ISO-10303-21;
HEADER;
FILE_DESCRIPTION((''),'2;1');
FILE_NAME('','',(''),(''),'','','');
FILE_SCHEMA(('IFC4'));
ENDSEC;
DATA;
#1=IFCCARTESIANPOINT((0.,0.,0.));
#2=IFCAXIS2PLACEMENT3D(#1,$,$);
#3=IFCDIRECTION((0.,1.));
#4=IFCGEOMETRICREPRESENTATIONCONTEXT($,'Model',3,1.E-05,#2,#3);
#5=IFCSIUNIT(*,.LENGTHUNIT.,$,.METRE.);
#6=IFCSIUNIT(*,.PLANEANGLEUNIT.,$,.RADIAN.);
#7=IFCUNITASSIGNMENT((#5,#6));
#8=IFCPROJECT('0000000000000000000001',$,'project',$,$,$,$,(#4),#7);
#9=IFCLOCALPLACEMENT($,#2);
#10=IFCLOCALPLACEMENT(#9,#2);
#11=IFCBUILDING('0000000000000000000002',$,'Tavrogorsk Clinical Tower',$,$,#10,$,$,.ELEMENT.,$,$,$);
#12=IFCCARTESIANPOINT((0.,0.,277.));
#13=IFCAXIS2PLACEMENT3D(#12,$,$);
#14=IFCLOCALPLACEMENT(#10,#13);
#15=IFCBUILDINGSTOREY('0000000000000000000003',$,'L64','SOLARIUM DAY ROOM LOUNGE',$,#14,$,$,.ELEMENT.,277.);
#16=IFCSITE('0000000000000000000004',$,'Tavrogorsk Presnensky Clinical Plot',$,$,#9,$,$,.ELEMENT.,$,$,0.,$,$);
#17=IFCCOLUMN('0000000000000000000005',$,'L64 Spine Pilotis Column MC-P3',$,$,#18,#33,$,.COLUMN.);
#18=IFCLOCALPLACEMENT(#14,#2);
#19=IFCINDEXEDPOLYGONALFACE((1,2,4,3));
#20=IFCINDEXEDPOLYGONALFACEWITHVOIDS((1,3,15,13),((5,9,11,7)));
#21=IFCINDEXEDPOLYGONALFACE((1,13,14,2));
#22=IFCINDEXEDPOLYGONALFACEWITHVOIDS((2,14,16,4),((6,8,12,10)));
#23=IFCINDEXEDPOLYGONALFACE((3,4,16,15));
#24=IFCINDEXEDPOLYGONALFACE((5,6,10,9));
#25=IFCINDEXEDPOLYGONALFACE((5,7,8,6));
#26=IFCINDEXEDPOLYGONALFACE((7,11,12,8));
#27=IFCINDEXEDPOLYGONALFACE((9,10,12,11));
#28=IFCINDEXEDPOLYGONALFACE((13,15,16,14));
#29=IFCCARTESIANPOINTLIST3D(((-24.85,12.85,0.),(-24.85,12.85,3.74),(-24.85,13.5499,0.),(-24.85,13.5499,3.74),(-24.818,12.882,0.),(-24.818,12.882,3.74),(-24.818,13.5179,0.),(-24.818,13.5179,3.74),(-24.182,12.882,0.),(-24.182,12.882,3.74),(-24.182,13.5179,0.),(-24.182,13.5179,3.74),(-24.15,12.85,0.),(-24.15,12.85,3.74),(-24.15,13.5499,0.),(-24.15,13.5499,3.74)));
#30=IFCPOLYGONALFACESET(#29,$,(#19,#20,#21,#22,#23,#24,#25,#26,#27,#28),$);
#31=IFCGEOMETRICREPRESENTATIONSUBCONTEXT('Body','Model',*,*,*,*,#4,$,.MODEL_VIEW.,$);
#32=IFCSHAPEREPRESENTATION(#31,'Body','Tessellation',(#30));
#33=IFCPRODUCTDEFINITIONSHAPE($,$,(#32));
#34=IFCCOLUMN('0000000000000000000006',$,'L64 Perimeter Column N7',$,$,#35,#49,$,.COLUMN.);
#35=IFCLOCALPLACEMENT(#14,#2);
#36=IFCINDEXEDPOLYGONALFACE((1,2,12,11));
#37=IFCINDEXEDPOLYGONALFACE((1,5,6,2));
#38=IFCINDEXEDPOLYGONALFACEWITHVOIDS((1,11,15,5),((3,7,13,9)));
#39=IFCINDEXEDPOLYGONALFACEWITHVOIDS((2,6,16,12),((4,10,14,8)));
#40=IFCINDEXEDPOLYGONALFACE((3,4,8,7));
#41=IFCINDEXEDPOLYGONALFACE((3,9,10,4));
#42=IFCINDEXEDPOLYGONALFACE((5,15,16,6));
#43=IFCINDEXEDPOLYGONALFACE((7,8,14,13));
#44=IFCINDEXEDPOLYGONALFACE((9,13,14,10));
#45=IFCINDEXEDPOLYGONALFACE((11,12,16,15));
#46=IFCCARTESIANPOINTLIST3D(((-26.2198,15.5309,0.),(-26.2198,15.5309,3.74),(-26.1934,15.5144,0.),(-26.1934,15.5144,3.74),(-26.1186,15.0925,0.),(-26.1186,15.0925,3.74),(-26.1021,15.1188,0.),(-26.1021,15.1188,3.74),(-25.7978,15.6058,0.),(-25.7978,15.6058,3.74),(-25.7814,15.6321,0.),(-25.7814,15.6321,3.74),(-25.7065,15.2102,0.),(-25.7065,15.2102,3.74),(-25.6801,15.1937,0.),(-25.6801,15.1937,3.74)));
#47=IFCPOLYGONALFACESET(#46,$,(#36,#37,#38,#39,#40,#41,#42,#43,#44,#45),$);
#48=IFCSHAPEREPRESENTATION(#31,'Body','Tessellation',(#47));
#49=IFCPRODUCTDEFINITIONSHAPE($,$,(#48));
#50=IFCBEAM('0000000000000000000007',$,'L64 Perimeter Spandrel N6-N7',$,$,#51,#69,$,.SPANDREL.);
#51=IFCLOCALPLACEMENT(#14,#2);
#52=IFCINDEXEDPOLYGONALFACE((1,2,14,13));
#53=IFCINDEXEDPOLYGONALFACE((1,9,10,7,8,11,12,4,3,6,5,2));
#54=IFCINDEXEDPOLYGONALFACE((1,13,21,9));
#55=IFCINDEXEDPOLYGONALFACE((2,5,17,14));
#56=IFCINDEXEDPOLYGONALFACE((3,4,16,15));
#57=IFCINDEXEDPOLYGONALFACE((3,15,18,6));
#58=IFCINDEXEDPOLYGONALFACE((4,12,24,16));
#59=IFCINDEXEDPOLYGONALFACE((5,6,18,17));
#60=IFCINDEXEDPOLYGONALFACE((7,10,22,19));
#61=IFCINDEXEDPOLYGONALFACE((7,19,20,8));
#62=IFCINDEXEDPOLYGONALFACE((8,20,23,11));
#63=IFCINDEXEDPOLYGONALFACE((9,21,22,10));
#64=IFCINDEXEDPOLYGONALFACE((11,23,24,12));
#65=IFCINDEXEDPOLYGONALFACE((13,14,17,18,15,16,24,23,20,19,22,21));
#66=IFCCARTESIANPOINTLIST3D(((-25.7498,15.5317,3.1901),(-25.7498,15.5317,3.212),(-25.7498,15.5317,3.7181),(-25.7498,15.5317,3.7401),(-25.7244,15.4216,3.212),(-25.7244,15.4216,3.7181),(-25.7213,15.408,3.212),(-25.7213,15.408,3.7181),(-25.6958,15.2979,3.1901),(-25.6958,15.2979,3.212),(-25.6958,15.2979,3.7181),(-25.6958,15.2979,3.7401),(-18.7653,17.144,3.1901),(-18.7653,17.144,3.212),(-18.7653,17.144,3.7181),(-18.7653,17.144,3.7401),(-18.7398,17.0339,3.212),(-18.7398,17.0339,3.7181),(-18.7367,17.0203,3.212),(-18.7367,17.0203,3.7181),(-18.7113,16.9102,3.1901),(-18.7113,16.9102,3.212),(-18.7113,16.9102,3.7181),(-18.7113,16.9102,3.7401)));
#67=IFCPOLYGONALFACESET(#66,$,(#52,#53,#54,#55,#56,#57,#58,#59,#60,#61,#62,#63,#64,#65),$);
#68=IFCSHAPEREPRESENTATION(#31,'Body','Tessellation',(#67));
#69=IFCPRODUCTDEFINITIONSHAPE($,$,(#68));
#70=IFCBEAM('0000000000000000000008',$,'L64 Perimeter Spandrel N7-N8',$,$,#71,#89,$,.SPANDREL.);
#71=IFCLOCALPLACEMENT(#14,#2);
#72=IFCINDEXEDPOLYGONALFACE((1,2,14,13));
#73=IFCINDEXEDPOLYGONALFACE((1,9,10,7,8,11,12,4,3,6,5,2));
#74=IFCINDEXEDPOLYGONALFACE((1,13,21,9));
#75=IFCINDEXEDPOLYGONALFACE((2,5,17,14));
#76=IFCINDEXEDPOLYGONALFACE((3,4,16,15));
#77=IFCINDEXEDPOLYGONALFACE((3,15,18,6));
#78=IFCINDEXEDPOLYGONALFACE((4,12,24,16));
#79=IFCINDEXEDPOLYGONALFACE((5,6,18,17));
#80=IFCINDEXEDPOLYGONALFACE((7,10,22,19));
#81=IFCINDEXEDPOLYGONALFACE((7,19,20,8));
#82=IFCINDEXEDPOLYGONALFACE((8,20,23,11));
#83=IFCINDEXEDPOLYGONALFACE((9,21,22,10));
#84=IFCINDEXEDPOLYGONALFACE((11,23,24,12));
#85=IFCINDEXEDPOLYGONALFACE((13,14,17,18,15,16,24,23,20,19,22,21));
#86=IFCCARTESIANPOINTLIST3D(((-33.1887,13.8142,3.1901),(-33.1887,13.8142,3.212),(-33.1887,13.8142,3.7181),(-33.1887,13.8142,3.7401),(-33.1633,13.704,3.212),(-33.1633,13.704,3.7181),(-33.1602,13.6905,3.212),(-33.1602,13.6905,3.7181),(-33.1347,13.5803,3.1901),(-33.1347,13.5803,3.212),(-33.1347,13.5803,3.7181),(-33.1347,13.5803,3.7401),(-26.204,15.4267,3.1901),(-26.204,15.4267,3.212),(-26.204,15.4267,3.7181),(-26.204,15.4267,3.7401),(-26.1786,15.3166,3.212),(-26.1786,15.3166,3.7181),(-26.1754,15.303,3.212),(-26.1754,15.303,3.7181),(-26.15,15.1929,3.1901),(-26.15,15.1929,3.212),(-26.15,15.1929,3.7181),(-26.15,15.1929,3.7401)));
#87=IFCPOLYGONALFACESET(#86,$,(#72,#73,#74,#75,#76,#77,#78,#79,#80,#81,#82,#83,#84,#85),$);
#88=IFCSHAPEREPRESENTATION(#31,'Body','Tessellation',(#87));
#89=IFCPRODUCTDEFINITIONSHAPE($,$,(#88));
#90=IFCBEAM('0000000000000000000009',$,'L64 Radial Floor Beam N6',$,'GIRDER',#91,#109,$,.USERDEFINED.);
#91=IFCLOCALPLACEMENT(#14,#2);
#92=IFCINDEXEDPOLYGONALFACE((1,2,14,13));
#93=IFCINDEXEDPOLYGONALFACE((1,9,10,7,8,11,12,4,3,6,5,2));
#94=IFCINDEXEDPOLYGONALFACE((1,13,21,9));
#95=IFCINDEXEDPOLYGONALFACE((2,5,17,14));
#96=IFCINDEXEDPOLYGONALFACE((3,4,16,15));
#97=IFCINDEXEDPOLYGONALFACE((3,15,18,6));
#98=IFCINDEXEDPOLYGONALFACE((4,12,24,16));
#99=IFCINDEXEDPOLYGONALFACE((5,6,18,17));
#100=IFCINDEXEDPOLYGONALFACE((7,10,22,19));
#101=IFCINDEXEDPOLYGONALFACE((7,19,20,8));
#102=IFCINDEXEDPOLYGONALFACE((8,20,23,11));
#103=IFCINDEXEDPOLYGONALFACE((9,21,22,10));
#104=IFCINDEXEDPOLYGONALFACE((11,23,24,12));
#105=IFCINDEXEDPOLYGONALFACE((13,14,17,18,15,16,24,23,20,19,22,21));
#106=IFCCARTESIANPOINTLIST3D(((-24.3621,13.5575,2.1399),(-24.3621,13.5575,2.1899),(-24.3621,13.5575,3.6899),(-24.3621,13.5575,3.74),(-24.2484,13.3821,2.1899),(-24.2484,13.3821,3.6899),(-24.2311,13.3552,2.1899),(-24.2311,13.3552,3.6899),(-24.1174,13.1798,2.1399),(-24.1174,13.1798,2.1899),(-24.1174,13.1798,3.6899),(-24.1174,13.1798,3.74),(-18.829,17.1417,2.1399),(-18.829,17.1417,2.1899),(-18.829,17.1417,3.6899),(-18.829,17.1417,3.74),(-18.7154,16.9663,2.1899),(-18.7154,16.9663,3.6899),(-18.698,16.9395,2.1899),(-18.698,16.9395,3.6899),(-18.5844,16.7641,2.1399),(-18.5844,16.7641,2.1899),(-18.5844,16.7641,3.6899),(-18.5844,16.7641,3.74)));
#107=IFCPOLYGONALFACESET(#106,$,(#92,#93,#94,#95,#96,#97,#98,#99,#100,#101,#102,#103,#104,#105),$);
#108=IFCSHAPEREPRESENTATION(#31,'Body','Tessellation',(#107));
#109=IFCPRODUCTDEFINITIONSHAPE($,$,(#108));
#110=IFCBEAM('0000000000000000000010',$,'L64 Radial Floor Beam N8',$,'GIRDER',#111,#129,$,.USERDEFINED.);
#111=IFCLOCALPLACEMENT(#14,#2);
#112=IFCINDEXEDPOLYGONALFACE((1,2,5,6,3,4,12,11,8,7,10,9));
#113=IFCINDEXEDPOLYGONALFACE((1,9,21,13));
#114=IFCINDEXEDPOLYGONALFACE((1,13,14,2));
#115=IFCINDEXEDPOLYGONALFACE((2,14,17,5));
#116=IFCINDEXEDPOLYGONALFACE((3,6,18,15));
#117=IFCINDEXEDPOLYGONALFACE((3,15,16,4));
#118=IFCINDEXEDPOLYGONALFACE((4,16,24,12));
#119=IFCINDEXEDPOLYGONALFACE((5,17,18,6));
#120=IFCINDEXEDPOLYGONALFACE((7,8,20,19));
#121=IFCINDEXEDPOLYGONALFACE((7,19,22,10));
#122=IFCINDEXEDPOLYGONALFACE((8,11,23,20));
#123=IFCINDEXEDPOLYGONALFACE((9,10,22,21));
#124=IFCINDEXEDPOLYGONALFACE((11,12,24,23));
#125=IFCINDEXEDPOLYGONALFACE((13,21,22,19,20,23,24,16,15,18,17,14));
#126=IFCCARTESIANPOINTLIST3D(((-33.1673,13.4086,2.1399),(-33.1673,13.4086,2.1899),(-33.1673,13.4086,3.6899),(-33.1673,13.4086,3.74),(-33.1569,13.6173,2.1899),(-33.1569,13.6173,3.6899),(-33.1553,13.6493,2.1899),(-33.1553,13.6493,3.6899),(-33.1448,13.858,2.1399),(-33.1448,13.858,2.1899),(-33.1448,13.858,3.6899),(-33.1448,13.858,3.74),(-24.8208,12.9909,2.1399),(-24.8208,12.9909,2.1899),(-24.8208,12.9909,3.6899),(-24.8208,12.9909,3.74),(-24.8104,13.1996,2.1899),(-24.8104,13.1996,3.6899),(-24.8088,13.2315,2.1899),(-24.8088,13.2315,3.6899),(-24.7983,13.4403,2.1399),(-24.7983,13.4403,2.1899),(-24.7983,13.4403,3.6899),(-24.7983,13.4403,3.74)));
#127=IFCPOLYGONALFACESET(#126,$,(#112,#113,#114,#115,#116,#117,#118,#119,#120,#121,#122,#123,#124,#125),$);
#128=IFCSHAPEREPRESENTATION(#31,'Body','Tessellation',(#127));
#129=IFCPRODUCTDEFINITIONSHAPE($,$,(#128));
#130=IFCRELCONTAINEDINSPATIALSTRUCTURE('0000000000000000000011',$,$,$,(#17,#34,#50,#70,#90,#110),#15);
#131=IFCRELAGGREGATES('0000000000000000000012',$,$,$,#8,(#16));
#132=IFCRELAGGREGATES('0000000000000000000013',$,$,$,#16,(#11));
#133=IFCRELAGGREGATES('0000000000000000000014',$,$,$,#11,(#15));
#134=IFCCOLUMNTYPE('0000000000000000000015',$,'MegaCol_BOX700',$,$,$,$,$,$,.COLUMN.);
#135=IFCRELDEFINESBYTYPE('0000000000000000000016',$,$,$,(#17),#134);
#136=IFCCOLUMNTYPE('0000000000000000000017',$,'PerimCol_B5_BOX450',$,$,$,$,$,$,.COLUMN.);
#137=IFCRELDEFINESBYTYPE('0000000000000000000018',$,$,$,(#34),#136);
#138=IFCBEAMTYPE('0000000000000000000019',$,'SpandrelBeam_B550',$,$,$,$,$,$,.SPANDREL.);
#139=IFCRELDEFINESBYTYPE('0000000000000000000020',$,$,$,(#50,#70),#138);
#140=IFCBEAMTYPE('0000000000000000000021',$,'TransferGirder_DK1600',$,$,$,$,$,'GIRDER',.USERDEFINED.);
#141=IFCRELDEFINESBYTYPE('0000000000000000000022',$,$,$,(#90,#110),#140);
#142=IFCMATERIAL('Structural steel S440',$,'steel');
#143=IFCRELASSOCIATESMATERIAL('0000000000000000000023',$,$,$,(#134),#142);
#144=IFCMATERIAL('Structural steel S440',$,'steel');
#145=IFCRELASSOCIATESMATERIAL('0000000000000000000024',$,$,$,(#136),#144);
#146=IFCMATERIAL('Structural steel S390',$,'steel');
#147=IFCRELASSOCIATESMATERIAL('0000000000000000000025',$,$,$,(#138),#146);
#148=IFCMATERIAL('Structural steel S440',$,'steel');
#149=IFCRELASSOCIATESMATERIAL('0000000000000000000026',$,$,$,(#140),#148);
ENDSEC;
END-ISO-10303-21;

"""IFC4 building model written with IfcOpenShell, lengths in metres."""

from ifc_helpers import new_model, si_unit, direction, frame, origin, origin_2d, place, context, subcontext, project, spatial, hollow_rectangle, i_section, extrude, material, material_profile, profile_set, type_object, element, save


model = new_model("IFC4")

# Units and contexts
model_context = context("Model", 3, precision=1e-05, world=origin(), true_north=direction((0.0, 1.0)))
body_context = subcontext(model_context, "Body", "Model", "MODEL_VIEW")
ifc_project = project(units=[si_unit("LENGTHUNIT", "METRE"), si_unit("PLANEANGLEUNIT", "RADIAN")], contexts=[model_context])

# Site, building, storey
site_placement = place(None, origin())
site = spatial("IfcSite", under=ifc_project, at=site_placement, Name="Tavrogorsk Presnensky Clinical Plot", CompositionType="ELEMENT", RefElevation=0.0)
building_placement = place(site_placement, origin())
building = spatial("IfcBuilding", under=site, at=building_placement, Name="Tavrogorsk Clinical Tower", CompositionType="ELEMENT")
storey_placement = place(building_placement, frame((0.0, 0.0, 277.0)))
storey = spatial("IfcBuildingStorey", under=building, at=storey_placement, Name="L64", Description="SOLARIUM DAY ROOM LOUNGE", CompositionType="ELEMENT", Elevation=277.0)

# Columns
ifc_material_1 = material(Name="Structural steel S440", Category="steel")
ifc_material_profile_1 = material_profile(ifc_material_1, hollow_rectangle(XDim=0.7, YDim=0.7, WallThickness=0.032, at=origin_2d()), Name="BOX-700x700x32")
ifc_profile_set_1 = profile_set([ifc_material_profile_1], Name="Structural steel S440")
column_type_1 = type_object("IfcColumnType", Name="MegaCol_BOX700", PredefinedType="COLUMN", material=ifc_profile_set_1)
column_1_placement = place(storey_placement, frame((-24.5, 13.2, 0.0), z_axis=(0.0, 0.0, 1.0), x_axis=(1.0, 0.0, 0.0)))
element("IfcColumn", 1, at=column_1_placement, inside=storey, type_object=column_type_1, Name="L64 Spine Pilotis Column MC-P3", PredefinedType="COLUMN", context=body_context, shape_type="SweptSolid", body=[
    extrude(hollow_rectangle(XDim=0.7, YDim=0.7, WallThickness=0.032, at=origin_2d()), origin(), (0.0, 0.0, 1.0), 3.74),
])
ifc_material_2 = material(Name="Structural steel S440", Category="steel")
ifc_material_profile_2 = material_profile(ifc_material_2, hollow_rectangle(XDim=0.45, YDim=0.45, WallThickness=0.022, at=origin_2d()), Name="BOX-450x450x22")
ifc_profile_set_2 = profile_set([ifc_material_profile_2], Name="Structural steel S440")
column_type_2 = type_object("IfcColumnType", Name="PerimCol_B5_BOX450", PredefinedType="COLUMN", material=ifc_profile_set_2)
column_2_placement = place(storey_placement, frame((-25.95, 15.3623, 0.0), z_axis=(0.0, 0.0, 1.0), x_axis=(0.97437, 0.224951, 0.0)))
element("IfcColumn", 2, at=column_2_placement, inside=storey, type_object=column_type_2, Name="L64 Perimeter Column N7", PredefinedType="COLUMN", context=body_context, shape_type="SweptSolid", body=[
    extrude(hollow_rectangle(XDim=0.45, YDim=0.45, WallThickness=0.022, at=origin_2d()), origin(), (0.0, 0.0, 1.0), 3.74),
])

# Beams
ifc_material_3 = material(Name="Structural steel S390", Category="steel")
ifc_material_profile_3 = material_profile(ifc_material_3, i_section(OverallWidth=0.24, OverallDepth=0.55, WebThickness=0.0139, FlangeThickness=0.022, at=origin_2d()), Name="B-550x240x14x22")
ifc_profile_set_3 = profile_set([ifc_material_profile_3], Name="Structural steel S390")
beam_type_1 = type_object("IfcBeamType", Name="SpandrelBeam_B550", PredefinedType="SPANDREL", material=ifc_profile_set_3)
beam_1_placement = place(storey_placement, frame((-18.7383, 17.0271, 3.4651), z_axis=(-0.974377, -0.224922, 0.0), x_axis=(0.224922, -0.974377, 0.0)))
element("IfcBeam", 3, at=beam_1_placement, inside=storey, type_object=beam_type_1, Name="L64 Perimeter Spandrel N6-N7", PredefinedType="SPANDREL", context=body_context, shape_type="SweptSolid", body=[
    extrude(i_section(OverallWidth=0.24, OverallDepth=0.55, WebThickness=0.0139, FlangeThickness=0.022, at=origin_2d()), origin(), (0.0, 0.0, 1.0), 7.1682),
])
beam_2_placement = place(storey_placement, frame((-26.177, 15.3098, 3.4651), z_axis=(-0.974369, -0.224954, 0.0), x_axis=(0.224954, -0.974369, 0.0)))
element("IfcBeam", 4, at=beam_2_placement, inside=storey, type_object=beam_type_1, Name="L64 Perimeter Spandrel N7-N8", PredefinedType="SPANDREL", context=body_context, shape_type="SweptSolid", body=[
    extrude(i_section(OverallWidth=0.24, OverallDepth=0.55, WebThickness=0.0139, FlangeThickness=0.022, at=origin_2d()), origin(), (0.0, 0.0, 1.0), 7.1685),
])
ifc_material_4 = material(Name="Structural steel S440", Category="steel")
ifc_material_profile_4 = material_profile(ifc_material_4, i_section(OverallWidth=0.45, OverallDepth=1.6001, WebThickness=0.032, FlangeThickness=0.05, at=origin_2d()), Name="DK-1600x450x32x50")
ifc_profile_set_4 = profile_set([ifc_material_profile_4], Name="Structural steel S440")
beam_type_2 = type_object("IfcBeamType", Name="TransferGirder_DK1600", ElementType="GIRDER", PredefinedType="USERDEFINED", material=ifc_profile_set_4)
beam_3_placement = place(storey_placement, frame((-24.2397, 13.3687, 2.9399), z_axis=(0.839288, 0.543687, 0.0), x_axis=(-0.543687, 0.839288, 0.0)))
element("IfcBeam", 5, at=beam_3_placement, inside=storey, type_object=beam_type_2, Name="L64 Radial Floor Beam N6", ObjectType="GIRDER", PredefinedType="USERDEFINED", context=body_context, shape_type="SweptSolid", body=[
    extrude(i_section(OverallWidth=0.45, OverallDepth=1.6001, WebThickness=0.032, FlangeThickness=0.05, at=origin_2d()), origin(), (0.0, 0.0, 1.0), 6.5925),
])
beam_4_placement = place(storey_placement, frame((-24.8096, 13.2156, 2.9399), z_axis=(-0.99875, 0.049986, 0.0), x_axis=(-0.049986, -0.99875, 0.0)))
element("IfcBeam", 6, at=beam_4_placement, inside=storey, type_object=beam_type_2, Name="L64 Radial Floor Beam N8", ObjectType="GIRDER", PredefinedType="USERDEFINED", context=body_context, shape_type="SweptSolid", body=[
    extrude(i_section(OverallWidth=0.45, OverallDepth=1.6001, WebThickness=0.032, FlangeThickness=0.05, at=origin_2d()), origin(), (0.0, 0.0, 1.0), 8.3569),
])

save(model, "model.ifc")
